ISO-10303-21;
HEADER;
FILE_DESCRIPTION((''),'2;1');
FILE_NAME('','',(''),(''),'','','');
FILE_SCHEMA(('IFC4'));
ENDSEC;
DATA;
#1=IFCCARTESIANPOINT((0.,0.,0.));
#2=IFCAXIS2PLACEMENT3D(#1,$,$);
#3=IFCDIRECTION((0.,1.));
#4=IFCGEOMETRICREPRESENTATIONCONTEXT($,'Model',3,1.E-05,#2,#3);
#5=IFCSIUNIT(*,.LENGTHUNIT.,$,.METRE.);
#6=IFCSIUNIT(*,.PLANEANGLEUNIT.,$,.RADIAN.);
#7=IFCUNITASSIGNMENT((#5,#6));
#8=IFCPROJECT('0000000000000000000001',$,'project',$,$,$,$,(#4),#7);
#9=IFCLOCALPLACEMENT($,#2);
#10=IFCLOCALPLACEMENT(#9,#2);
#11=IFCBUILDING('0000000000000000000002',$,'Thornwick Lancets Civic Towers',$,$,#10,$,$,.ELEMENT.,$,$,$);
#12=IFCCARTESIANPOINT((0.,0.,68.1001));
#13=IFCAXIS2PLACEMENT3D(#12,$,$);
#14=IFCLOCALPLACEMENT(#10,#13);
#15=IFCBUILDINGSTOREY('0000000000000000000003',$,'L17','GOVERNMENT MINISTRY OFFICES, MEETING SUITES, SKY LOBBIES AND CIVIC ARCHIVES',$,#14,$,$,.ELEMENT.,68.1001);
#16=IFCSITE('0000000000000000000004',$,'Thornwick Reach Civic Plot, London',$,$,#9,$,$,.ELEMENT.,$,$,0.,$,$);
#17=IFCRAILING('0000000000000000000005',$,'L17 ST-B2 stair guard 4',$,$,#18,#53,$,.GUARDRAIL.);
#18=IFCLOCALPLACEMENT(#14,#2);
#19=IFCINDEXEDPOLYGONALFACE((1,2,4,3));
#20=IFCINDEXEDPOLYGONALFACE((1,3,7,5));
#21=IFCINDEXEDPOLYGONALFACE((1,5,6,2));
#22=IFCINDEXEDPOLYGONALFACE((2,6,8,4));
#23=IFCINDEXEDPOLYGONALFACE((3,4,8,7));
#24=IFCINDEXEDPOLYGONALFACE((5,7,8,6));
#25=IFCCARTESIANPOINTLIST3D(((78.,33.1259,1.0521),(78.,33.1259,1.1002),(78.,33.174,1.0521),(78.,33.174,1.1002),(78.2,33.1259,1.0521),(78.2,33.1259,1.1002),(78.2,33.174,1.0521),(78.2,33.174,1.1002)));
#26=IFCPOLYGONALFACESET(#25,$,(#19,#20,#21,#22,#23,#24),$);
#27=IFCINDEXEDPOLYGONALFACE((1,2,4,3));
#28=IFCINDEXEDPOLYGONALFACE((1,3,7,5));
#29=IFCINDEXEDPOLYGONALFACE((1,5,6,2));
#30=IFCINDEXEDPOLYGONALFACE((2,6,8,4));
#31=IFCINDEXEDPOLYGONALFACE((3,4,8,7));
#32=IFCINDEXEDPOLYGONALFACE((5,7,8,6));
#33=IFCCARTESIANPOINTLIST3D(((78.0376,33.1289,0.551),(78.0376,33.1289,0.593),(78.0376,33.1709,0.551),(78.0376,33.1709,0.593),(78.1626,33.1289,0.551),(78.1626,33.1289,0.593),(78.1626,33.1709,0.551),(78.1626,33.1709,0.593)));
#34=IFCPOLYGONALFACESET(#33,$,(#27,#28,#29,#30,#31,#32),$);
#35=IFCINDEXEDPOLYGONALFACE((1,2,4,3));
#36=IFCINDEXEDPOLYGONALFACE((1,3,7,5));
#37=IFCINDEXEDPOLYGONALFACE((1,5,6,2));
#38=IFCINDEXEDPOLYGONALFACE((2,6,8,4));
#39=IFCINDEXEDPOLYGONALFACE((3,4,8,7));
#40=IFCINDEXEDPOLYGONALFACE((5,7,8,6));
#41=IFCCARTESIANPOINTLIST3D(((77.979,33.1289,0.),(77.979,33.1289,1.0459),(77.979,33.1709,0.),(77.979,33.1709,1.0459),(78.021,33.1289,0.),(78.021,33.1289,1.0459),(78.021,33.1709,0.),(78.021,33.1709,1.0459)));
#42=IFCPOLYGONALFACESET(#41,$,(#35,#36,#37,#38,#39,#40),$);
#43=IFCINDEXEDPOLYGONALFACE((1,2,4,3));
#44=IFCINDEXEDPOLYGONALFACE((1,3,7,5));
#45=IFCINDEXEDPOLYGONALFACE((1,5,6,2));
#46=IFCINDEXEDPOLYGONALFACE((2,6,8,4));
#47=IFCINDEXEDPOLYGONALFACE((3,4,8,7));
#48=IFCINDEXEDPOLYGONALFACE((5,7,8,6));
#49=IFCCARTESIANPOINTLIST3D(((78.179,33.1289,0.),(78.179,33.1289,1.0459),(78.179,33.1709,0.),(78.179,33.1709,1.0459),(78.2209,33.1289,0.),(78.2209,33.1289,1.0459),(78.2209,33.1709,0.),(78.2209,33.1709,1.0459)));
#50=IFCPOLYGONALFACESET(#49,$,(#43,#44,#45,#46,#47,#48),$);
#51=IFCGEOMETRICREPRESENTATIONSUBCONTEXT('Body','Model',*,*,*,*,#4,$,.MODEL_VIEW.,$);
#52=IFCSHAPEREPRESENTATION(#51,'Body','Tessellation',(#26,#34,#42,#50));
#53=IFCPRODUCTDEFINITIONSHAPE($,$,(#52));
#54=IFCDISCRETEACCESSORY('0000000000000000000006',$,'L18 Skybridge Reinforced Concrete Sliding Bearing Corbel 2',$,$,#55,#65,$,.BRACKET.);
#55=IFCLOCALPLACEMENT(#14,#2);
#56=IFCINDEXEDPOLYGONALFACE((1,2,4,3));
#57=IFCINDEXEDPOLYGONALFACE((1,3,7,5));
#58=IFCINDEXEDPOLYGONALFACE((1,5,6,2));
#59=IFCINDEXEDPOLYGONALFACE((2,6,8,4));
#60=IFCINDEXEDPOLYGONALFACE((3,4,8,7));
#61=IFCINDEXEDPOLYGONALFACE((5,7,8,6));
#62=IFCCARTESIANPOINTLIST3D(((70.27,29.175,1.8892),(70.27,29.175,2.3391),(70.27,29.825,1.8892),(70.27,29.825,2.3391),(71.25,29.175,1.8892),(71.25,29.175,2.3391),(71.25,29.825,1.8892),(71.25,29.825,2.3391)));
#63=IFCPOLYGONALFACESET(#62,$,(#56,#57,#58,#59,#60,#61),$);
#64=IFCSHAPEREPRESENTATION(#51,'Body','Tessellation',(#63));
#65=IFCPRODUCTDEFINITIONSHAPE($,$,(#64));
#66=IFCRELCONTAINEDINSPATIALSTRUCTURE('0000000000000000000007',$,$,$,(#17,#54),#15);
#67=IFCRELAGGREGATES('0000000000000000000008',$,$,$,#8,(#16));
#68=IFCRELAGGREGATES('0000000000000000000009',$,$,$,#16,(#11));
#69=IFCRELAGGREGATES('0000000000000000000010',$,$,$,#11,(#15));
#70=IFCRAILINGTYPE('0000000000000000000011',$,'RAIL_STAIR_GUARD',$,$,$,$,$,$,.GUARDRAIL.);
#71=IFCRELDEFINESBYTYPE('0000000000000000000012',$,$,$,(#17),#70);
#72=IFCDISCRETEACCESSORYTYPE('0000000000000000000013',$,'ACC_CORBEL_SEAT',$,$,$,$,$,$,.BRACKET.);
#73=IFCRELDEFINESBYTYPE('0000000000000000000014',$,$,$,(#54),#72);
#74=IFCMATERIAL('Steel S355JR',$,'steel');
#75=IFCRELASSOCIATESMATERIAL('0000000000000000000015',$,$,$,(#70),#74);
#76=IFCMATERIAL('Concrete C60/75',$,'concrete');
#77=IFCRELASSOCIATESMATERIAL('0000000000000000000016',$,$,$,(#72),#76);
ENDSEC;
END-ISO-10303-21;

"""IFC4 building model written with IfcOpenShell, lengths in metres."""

from ifc_helpers import new_model, si_unit, direction, frame, origin, origin_2d, place, context, subcontext, project, spatial, rectangle, extrude, material, type_object, element, save


model = new_model("IFC4")

# Units and contexts
model_context = context("Model", 3, precision=1e-05, world=origin(), true_north=direction((0.0, 1.0)))
body_context = subcontext(model_context, "Body", "Model", "MODEL_VIEW")
ifc_project = project(units=[si_unit("LENGTHUNIT", "METRE"), si_unit("PLANEANGLEUNIT", "RADIAN")], contexts=[model_context])

# Site, building, storey
site_placement = place(None, origin())
site = spatial("IfcSite", under=ifc_project, at=site_placement, Name="Thornwick Reach Civic Plot, London", CompositionType="ELEMENT", RefElevation=0.0)
building_placement = place(site_placement, origin())
building = spatial("IfcBuilding", under=site, at=building_placement, Name="Thornwick Lancets Civic Towers", CompositionType="ELEMENT")
storey_placement = place(building_placement, frame((0.0, 0.0, 68.1001)))
storey = spatial("IfcBuildingStorey", under=building, at=storey_placement, Name="L17", Description="GOVERNMENT MINISTRY OFFICES, MEETING SUITES, SKY LOBBIES AND CIVIC ARCHIVES", CompositionType="ELEMENT", Elevation=68.1001)

# Shared definitions
ifc_material_1 = material(Name="Concrete C60/75", Category="concrete")

# Shared definitions
ifc_material_2 = material(Name="Steel S355JR", Category="steel")

# Railing
railing_type_1 = type_object("IfcRailingType", Name="RAIL_STAIR_GUARD", PredefinedType="GUARDRAIL", material=ifc_material_2)
railing_1_placement = place(storey_placement, frame((78.0, 33.1499, 0.0)))
element("IfcRailing", 1, at=railing_1_placement, inside=storey, type_object=railing_type_1, Name="L17 ST-B2 stair guard 4", PredefinedType="GUARDRAIL", context=body_context, shape_type="SweptSolid", body=[
    extrude(rectangle(XDim=0.0481, YDim=0.0481, at=origin_2d()), frame((0.0, 0.0, 1.0762), z_axis=(1.0, 0.0, 0.0), x_axis=(0.0, 1.0, 0.0)), (0.0, 0.0, 1.0), 0.2),
    extrude(rectangle(XDim=0.042, YDim=0.042, at=origin_2d()), frame((0.0376, 0.0, 0.572), z_axis=(1.0, 0.0, 0.0), x_axis=(0.0, 1.0, 0.0)), (0.0, 0.0, 1.0), 0.125),
    extrude(rectangle(XDim=0.042, YDim=0.042, at=origin_2d()), origin(), (0.0, 0.0, 1.0), 1.0459),
    extrude(rectangle(XDim=0.042, YDim=0.042, at=origin_2d()), frame((0.2, 0.0, 0.0)), (0.0, 0.0, 1.0), 1.0459),
])

# Discrete accessory
discrete_accessory_type = type_object("IfcDiscreteAccessoryType", Name="ACC_CORBEL_SEAT", PredefinedType="BRACKET", material=ifc_material_1)
discrete_accessory_placement = place(storey_placement, frame((70.76, 29.5, 1.8892), z_axis=(0.0, 0.0, 1.0), x_axis=(1.0, 0.0, 0.0)))
element("IfcDiscreteAccessory", 2, at=discrete_accessory_placement, inside=storey, type_object=discrete_accessory_type, Name="L18 Skybridge Reinforced Concrete Sliding Bearing Corbel 2", PredefinedType="BRACKET", context=body_context, shape_type="SweptSolid", body=[
    extrude(rectangle(XDim=0.98, YDim=0.6499, at=origin_2d()), origin(), (0.0, 0.0, 1.0), 0.45),
])

save(model, "model.ifc")
